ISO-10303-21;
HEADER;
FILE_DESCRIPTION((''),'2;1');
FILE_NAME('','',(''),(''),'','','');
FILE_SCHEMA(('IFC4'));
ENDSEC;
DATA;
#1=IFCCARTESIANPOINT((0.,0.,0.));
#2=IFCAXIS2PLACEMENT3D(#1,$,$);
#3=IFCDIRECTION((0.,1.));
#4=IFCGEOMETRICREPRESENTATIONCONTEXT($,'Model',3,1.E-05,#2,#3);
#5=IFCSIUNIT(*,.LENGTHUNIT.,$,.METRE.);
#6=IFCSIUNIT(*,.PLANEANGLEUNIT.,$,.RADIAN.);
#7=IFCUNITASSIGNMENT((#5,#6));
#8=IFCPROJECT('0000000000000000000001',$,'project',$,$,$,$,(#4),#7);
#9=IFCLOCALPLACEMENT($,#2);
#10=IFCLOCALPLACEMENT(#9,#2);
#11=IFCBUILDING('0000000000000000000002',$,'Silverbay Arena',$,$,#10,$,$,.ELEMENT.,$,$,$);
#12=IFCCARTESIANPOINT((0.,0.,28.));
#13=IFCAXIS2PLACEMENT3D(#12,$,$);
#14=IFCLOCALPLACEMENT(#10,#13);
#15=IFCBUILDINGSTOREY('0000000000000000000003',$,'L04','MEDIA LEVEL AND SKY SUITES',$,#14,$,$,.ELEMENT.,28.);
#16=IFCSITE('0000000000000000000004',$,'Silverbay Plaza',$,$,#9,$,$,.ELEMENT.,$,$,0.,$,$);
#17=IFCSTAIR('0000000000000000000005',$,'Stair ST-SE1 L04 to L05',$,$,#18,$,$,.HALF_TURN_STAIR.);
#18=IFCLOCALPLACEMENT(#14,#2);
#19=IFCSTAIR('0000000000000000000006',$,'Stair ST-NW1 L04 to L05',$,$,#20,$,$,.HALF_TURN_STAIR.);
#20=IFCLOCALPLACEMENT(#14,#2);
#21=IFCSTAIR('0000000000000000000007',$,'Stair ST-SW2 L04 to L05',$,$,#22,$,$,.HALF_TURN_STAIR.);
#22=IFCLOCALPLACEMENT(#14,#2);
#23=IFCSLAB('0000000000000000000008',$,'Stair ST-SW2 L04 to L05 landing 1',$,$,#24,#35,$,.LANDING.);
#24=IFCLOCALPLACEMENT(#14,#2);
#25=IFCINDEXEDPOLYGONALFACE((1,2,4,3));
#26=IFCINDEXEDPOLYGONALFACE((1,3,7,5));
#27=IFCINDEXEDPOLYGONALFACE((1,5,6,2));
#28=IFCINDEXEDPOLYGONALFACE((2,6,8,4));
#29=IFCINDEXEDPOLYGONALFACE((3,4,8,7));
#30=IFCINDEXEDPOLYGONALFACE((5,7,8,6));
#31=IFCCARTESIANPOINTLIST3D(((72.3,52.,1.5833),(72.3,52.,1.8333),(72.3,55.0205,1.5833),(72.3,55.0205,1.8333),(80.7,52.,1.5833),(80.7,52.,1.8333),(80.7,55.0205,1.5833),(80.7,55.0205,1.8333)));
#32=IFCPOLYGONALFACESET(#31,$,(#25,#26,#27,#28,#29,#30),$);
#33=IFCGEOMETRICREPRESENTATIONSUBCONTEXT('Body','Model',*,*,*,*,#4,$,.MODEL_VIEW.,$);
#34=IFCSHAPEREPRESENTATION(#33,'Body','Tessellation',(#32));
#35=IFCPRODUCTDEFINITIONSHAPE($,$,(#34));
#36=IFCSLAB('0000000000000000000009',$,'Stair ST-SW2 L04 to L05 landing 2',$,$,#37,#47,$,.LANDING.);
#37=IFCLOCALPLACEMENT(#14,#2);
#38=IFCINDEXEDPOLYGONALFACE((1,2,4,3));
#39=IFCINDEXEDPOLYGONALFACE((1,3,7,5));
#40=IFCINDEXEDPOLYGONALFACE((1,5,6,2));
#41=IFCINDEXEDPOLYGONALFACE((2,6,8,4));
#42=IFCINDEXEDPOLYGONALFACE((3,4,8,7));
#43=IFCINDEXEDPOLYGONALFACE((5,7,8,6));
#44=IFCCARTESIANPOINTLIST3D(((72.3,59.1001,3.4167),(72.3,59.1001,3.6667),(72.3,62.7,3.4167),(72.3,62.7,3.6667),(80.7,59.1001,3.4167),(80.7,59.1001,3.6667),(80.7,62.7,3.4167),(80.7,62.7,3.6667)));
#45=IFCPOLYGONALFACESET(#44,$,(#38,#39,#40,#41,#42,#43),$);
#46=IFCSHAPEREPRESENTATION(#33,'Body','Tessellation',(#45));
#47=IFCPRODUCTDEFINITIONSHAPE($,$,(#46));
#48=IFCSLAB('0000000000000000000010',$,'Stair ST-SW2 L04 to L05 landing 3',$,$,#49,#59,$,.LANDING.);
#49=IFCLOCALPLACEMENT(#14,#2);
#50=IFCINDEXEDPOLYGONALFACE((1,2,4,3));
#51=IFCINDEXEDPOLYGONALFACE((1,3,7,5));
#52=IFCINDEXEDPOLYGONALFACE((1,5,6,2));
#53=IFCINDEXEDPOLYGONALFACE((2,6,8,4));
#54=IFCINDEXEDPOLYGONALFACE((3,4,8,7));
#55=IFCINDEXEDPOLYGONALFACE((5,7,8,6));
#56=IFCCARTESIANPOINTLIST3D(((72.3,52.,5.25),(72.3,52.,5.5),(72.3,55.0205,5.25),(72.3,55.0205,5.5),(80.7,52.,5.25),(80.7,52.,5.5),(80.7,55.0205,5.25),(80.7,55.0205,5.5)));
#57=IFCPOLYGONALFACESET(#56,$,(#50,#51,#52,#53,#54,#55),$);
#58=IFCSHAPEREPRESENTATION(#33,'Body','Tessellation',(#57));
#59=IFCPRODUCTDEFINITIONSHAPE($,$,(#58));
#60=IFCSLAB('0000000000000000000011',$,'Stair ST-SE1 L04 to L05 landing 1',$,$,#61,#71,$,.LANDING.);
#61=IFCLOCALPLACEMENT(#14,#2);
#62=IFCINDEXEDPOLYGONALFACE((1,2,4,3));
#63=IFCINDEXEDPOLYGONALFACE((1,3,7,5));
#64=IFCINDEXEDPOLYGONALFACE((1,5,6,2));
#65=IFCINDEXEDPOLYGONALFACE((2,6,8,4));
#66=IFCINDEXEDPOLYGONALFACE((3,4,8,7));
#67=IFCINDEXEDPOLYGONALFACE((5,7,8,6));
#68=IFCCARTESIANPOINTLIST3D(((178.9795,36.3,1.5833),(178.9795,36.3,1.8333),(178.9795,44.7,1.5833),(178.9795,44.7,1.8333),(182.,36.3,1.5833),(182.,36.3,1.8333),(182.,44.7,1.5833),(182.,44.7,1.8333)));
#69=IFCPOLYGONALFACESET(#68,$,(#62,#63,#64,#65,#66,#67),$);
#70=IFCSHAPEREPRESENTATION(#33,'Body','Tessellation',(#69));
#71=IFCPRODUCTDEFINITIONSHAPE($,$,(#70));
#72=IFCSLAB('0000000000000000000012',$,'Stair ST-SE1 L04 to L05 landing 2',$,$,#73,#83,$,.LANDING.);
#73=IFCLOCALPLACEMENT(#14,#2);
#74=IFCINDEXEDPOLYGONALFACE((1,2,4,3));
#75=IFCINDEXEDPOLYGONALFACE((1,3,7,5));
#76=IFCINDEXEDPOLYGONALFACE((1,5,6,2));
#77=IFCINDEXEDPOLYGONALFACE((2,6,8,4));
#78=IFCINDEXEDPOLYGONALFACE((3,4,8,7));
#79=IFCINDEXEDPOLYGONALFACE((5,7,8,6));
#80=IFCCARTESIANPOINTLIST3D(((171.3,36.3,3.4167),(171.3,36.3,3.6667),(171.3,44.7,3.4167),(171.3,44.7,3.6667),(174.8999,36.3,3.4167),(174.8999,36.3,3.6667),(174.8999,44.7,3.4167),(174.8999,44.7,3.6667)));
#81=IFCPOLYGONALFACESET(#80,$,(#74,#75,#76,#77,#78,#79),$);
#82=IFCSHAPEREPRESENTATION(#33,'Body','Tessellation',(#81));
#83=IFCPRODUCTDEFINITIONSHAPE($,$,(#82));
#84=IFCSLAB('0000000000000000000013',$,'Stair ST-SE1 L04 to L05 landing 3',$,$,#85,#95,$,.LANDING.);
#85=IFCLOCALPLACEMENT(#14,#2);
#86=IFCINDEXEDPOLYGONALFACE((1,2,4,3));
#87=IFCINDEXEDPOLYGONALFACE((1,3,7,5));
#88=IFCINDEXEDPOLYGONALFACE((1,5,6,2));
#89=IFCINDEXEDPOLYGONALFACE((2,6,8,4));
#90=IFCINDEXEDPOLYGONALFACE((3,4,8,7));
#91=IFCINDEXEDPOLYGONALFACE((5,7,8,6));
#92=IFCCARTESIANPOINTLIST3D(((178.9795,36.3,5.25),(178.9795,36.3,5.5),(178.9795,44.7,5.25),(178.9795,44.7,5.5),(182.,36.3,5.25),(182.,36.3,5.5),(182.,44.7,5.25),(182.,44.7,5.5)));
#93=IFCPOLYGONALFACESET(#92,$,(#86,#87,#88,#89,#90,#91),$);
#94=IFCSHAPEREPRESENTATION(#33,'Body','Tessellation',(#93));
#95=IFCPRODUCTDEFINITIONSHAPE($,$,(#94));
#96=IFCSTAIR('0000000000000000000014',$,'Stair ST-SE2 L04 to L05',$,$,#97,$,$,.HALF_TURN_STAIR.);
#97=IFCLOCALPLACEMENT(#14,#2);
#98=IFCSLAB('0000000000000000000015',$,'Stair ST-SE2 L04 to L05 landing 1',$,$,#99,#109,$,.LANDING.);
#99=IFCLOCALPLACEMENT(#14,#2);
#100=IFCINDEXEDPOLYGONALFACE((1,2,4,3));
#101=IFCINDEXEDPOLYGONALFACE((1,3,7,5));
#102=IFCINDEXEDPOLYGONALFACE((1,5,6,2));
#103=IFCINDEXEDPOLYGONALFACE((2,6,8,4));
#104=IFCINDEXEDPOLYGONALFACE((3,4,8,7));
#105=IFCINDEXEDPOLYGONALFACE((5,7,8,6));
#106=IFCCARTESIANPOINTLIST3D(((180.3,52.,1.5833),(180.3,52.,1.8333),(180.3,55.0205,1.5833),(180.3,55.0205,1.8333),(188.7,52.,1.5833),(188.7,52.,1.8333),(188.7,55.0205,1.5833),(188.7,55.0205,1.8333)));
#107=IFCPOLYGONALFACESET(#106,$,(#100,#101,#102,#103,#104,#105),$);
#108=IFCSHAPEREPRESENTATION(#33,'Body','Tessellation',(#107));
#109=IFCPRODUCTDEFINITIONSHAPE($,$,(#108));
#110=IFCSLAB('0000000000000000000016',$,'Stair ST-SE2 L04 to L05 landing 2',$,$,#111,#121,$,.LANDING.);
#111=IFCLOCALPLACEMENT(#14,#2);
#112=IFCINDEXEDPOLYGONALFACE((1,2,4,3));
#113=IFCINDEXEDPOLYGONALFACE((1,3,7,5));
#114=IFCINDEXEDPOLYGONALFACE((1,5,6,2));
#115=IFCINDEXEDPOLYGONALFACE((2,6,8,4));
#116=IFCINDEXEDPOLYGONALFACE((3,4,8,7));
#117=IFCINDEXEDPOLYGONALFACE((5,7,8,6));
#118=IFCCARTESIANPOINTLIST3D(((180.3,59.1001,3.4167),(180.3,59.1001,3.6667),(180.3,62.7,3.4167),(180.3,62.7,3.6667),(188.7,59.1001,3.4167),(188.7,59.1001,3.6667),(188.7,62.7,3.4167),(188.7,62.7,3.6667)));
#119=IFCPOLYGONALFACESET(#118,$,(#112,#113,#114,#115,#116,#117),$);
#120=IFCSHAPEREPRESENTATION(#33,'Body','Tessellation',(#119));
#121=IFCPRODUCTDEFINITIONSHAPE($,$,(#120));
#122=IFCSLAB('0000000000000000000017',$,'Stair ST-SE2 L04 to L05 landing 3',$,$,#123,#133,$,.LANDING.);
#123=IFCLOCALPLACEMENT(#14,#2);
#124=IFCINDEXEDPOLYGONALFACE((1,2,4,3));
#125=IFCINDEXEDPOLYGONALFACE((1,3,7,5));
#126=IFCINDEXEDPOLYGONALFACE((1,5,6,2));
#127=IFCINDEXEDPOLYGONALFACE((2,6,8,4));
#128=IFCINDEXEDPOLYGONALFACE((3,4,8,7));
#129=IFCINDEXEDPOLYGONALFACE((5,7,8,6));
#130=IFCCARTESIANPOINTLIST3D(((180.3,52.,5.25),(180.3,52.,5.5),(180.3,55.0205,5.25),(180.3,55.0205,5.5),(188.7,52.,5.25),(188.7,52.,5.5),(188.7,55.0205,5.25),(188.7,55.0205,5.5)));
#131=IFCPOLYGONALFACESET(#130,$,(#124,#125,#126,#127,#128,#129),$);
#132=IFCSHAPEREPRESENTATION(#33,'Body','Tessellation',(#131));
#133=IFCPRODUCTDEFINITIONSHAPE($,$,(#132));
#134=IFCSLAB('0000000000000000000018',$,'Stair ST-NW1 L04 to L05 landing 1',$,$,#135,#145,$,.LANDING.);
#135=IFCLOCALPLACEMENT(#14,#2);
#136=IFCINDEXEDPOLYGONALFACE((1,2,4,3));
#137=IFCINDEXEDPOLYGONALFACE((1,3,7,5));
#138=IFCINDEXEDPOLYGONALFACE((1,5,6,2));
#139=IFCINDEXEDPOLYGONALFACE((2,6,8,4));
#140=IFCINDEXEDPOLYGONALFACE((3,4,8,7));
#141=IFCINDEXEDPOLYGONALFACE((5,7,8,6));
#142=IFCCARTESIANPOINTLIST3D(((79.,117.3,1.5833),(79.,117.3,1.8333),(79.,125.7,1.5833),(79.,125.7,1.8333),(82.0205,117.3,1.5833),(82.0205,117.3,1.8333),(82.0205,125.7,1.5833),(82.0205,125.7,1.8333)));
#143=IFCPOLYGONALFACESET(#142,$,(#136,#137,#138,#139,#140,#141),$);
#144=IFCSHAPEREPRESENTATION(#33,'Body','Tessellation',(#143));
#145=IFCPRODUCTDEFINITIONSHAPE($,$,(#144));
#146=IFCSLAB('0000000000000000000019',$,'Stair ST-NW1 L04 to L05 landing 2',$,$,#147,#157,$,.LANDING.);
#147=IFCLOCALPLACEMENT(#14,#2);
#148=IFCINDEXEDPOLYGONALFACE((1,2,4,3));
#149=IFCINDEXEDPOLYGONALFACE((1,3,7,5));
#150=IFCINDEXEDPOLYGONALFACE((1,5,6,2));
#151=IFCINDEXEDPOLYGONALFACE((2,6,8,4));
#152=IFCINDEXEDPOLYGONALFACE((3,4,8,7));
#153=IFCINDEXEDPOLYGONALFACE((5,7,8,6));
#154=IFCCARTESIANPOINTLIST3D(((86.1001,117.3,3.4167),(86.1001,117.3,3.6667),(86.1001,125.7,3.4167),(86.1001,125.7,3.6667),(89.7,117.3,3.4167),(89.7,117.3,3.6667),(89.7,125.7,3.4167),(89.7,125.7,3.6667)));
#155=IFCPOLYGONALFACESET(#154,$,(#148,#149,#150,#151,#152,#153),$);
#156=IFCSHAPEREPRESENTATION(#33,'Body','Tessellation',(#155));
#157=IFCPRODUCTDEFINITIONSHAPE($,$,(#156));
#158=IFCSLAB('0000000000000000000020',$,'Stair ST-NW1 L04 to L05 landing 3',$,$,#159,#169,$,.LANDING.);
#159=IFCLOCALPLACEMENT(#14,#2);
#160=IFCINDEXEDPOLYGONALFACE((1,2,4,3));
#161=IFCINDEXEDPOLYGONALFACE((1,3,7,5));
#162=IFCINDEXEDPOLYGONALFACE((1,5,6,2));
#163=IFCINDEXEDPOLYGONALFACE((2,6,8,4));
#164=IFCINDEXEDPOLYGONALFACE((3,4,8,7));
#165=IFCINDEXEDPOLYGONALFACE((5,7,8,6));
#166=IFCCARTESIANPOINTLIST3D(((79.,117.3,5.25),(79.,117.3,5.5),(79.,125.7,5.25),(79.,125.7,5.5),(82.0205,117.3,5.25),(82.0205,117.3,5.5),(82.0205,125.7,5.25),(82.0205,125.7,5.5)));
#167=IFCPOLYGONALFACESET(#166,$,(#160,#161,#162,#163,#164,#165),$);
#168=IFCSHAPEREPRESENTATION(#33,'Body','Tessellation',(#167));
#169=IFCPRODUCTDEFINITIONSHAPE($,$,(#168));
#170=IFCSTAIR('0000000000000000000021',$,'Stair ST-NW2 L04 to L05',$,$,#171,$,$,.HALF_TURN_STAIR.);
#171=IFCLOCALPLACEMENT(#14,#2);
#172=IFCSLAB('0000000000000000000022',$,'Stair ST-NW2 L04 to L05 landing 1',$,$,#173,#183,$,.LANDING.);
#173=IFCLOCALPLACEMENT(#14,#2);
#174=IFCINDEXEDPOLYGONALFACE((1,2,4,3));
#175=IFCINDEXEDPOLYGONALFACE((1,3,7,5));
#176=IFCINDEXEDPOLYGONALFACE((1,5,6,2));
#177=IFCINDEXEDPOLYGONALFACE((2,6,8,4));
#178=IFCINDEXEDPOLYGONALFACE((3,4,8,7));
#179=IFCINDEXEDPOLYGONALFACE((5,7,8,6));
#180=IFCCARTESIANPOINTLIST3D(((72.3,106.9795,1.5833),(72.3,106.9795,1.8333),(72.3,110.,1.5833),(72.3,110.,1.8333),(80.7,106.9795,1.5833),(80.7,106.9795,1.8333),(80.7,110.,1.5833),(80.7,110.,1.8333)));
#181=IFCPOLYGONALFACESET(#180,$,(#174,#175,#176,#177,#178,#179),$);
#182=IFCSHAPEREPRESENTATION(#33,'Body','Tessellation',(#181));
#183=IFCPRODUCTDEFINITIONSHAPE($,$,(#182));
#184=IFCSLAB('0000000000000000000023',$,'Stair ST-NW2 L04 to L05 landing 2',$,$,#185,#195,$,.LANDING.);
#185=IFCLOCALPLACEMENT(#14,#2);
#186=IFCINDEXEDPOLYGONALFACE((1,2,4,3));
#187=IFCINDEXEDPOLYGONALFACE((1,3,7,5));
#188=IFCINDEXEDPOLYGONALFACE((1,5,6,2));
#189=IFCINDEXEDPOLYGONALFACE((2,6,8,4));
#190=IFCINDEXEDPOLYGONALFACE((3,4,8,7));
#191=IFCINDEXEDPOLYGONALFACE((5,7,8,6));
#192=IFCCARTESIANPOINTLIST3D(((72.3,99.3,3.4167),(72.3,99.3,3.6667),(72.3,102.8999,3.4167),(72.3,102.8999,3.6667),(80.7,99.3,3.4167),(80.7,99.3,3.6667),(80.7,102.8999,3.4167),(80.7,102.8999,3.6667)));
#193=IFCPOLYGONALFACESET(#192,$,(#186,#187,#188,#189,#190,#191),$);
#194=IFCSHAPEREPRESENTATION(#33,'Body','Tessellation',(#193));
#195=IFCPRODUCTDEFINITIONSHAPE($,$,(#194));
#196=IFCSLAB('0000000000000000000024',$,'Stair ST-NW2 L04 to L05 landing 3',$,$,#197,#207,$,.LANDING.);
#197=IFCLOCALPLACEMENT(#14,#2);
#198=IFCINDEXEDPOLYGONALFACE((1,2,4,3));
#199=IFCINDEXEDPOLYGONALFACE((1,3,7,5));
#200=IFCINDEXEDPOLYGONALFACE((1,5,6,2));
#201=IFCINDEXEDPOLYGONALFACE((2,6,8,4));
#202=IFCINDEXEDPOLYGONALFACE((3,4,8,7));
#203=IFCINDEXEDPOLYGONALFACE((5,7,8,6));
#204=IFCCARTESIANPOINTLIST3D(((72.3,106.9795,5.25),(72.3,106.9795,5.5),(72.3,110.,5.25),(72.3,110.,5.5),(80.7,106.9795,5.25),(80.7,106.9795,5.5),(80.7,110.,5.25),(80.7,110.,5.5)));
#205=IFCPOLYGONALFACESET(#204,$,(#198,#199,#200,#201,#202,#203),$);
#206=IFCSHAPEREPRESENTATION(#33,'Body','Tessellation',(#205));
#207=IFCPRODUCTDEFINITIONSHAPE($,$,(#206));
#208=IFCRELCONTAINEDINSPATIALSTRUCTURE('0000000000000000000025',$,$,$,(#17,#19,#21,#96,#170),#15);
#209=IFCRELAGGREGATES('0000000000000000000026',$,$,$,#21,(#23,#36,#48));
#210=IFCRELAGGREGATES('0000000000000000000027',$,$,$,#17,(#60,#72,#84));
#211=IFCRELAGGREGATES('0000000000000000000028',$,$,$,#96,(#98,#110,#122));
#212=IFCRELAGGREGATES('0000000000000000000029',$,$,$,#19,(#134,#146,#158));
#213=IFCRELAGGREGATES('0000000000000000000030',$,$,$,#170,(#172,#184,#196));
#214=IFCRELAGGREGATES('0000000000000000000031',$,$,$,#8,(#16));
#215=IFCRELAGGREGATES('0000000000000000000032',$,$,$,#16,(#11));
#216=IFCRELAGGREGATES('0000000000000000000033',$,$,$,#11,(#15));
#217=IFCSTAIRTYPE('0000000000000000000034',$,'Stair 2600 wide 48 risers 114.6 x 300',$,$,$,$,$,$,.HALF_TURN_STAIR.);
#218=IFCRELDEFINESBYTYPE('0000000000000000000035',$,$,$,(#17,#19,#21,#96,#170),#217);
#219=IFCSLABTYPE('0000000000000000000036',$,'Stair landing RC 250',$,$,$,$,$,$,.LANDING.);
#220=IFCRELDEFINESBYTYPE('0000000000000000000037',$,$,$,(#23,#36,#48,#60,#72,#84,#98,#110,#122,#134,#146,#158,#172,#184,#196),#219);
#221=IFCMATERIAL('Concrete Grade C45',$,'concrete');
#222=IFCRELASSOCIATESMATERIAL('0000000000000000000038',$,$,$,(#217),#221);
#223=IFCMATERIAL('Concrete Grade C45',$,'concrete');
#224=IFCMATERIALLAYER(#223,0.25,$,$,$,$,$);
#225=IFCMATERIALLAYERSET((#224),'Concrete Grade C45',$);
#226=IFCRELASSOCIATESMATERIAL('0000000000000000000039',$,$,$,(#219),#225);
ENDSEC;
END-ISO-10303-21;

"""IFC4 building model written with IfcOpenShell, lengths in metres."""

from ifc_helpers import new_model, si_unit, direction, frame, origin, place, context, subcontext, project, spatial, polyline, outline, extrude, material, layer, layer_set, type_object, element, aggregate, save


model = new_model("IFC4")

# Units and contexts
model_context = context("Model", 3, precision=1e-05, world=origin(), true_north=direction((0.0, 1.0)))
body_context = subcontext(model_context, "Body", "Model", "MODEL_VIEW")
ifc_project = project(units=[si_unit("LENGTHUNIT", "METRE"), si_unit("PLANEANGLEUNIT", "RADIAN")], contexts=[model_context])

# Site, building, storey
site_placement = place(None, origin())
site = spatial("IfcSite", under=ifc_project, at=site_placement, Name="Silverbay Plaza", CompositionType="ELEMENT", RefElevation=0.0)
building_placement = place(site_placement, origin())
building = spatial("IfcBuilding", under=site, at=building_placement, Name="Silverbay Arena", CompositionType="ELEMENT")
storey_placement = place(building_placement, frame((0.0, 0.0, 28.0)))
storey = spatial("IfcBuildingStorey", under=building, at=storey_placement, Name="L04", Description="MEDIA LEVEL AND SKY SUITES", CompositionType="ELEMENT", Elevation=28.0)

# Stairs
ifc_material_1 = material(Name="Concrete Grade C45", Category="concrete")
stair_type = type_object("IfcStairType", Name="Stair 2600 wide 48 risers 114.6 x 300", PredefinedType="HALF_TURN_STAIR", material=ifc_material_1)
stair_1_placement = place(storey_placement, origin())
stair_1 = element("IfcStair", 1, at=stair_1_placement, inside=storey, type_object=stair_type, Name="Stair ST-SE1 L04 to L05", PredefinedType="HALF_TURN_STAIR")
stair_2_placement = place(storey_placement, origin())
stair_2 = element("IfcStair", 2, at=stair_2_placement, inside=storey, type_object=stair_type, Name="Stair ST-NW1 L04 to L05", PredefinedType="HALF_TURN_STAIR")

# Shared definitions
ifc_material_2 = material(Name="Concrete Grade C45", Category="concrete")
ifc_layer_1 = layer(ifc_material_2, 0.25)
ifc_layer_set_1 = layer_set([ifc_layer_1], Name="Concrete Grade C45")
slab_type_1 = type_object("IfcSlabType", Name="Stair landing RC 250", PredefinedType="LANDING", material=ifc_layer_set_1)

# Stair, slabs
stair_3_placement = place(storey_placement, origin())
stair_3 = element("IfcStair", 3, at=stair_3_placement, inside=storey, type_object=stair_type, Name="Stair ST-SW2 L04 to L05", PredefinedType="HALF_TURN_STAIR")
slab_1_placement = place(storey_placement, frame((0.0, 0.0, 1.5833)))
slab_1 = element("IfcSlab", 4, at=slab_1_placement, type_object=slab_type_1, Name="Stair ST-SW2 L04 to L05 landing 1", PredefinedType="LANDING", context=body_context, shape_type="SweptSolid", body=[
    extrude(outline(polyline([(80.7, 55.0205), (80.7, 52.0), (72.3, 52.0), (72.3, 55.0205), (80.7, 55.0205)])), origin(), (0.0, 0.0, 1.0), 0.25),
])
slab_2_placement = place(storey_placement, frame((0.0, 0.0, 3.4167)))
slab_2 = element("IfcSlab", 5, at=slab_2_placement, type_object=slab_type_1, Name="Stair ST-SW2 L04 to L05 landing 2", PredefinedType="LANDING", context=body_context, shape_type="SweptSolid", body=[
    extrude(outline(polyline([(80.7, 62.7), (80.7, 59.1001), (72.3, 59.1001), (72.3, 62.7), (80.7, 62.7)])), origin(), (0.0, 0.0, 1.0), 0.25),
])
slab_3_placement = place(storey_placement, frame((0.0, 0.0, 5.25)))
slab_3 = element("IfcSlab", 6, at=slab_3_placement, type_object=slab_type_1, Name="Stair ST-SW2 L04 to L05 landing 3", PredefinedType="LANDING", context=body_context, shape_type="SweptSolid", body=[
    extrude(outline(polyline([(80.7, 55.0205), (80.7, 52.0), (72.3, 52.0), (72.3, 55.0205), (80.7, 55.0205)])), origin(), (0.0, 0.0, 1.0), 0.25),
])
aggregate(stair_3, [slab_1, slab_2, slab_3])

# Slabs
slab_4_placement = place(storey_placement, frame((0.0, 0.0, 1.5833)))
slab_4 = element("IfcSlab", 7, at=slab_4_placement, type_object=slab_type_1, Name="Stair ST-SE1 L04 to L05 landing 1", PredefinedType="LANDING", context=body_context, shape_type="SweptSolid", body=[
    extrude(outline(polyline([(178.9795, 44.7), (182.0, 44.7), (182.0, 36.3), (178.9795, 36.3), (178.9795, 44.7)])), origin(), (0.0, 0.0, 1.0), 0.25),
])
slab_5_placement = place(storey_placement, frame((0.0, 0.0, 3.4167)))
slab_5 = element("IfcSlab", 8, at=slab_5_placement, type_object=slab_type_1, Name="Stair ST-SE1 L04 to L05 landing 2", PredefinedType="LANDING", context=body_context, shape_type="SweptSolid", body=[
    extrude(outline(polyline([(171.3, 44.7), (174.8999, 44.7), (174.8999, 36.3), (171.3, 36.3), (171.3, 44.7)])), origin(), (0.0, 0.0, 1.0), 0.25),
])
slab_6_placement = place(storey_placement, frame((0.0, 0.0, 5.25)))
slab_6 = element("IfcSlab", 9, at=slab_6_placement, type_object=slab_type_1, Name="Stair ST-SE1 L04 to L05 landing 3", PredefinedType="LANDING", context=body_context, shape_type="SweptSolid", body=[
    extrude(outline(polyline([(178.9795, 44.7), (182.0, 44.7), (182.0, 36.3), (178.9795, 36.3), (178.9795, 44.7)])), origin(), (0.0, 0.0, 1.0), 0.25),
])
aggregate(stair_1, [slab_4, slab_5, slab_6])

# Stair, slabs
stair_4_placement = place(storey_placement, origin())
stair_4 = element("IfcStair", 10, at=stair_4_placement, inside=storey, type_object=stair_type, Name="Stair ST-SE2 L04 to L05", PredefinedType="HALF_TURN_STAIR")
slab_7_placement = place(storey_placement, frame((0.0, 0.0, 1.5833)))
slab_7 = element("IfcSlab", 11, at=slab_7_placement, type_object=slab_type_1, Name="Stair ST-SE2 L04 to L05 landing 1", PredefinedType="LANDING", context=body_context, shape_type="SweptSolid", body=[
    extrude(outline(polyline([(180.3, 55.0205), (180.3, 52.0), (188.7, 52.0), (188.7, 55.0205), (180.3, 55.0205)])), origin(), (0.0, 0.0, 1.0), 0.25),
])
slab_8_placement = place(storey_placement, frame((0.0, 0.0, 3.4167)))
slab_8 = element("IfcSlab", 12, at=slab_8_placement, type_object=slab_type_1, Name="Stair ST-SE2 L04 to L05 landing 2", PredefinedType="LANDING", context=body_context, shape_type="SweptSolid", body=[
    extrude(outline(polyline([(180.3, 62.7), (180.3, 59.1001), (188.7, 59.1001), (188.7, 62.7), (180.3, 62.7)])), origin(), (0.0, 0.0, 1.0), 0.25),
])
slab_9_placement = place(storey_placement, frame((0.0, 0.0, 5.25)))
slab_9 = element("IfcSlab", 13, at=slab_9_placement, type_object=slab_type_1, Name="Stair ST-SE2 L04 to L05 landing 3", PredefinedType="LANDING", context=body_context, shape_type="SweptSolid", body=[
    extrude(outline(polyline([(180.3, 55.0205), (180.3, 52.0), (188.7, 52.0), (188.7, 55.0205), (180.3, 55.0205)])), origin(), (0.0, 0.0, 1.0), 0.25),
])
aggregate(stair_4, [slab_7, slab_8, slab_9])

# Slabs
slab_10_placement = place(storey_placement, frame((0.0, 0.0, 1.5833)))
slab_10 = element("IfcSlab", 14, at=slab_10_placement, type_object=slab_type_1, Name="Stair ST-NW1 L04 to L05 landing 1", PredefinedType="LANDING", context=body_context, shape_type="SweptSolid", body=[
    extrude(outline(polyline([(82.0205, 117.3), (79.0, 117.3), (79.0, 125.7), (82.0205, 125.7), (82.0205, 117.3)])), origin(), (0.0, 0.0, 1.0), 0.25),
])
slab_11_placement = place(storey_placement, frame((0.0, 0.0, 3.4167)))
slab_11 = element("IfcSlab", 15, at=slab_11_placement, type_object=slab_type_1, Name="Stair ST-NW1 L04 to L05 landing 2", PredefinedType="LANDING", context=body_context, shape_type="SweptSolid", body=[
    extrude(outline(polyline([(89.7, 117.3), (86.1001, 117.3), (86.1001, 125.7), (89.7, 125.7), (89.7, 117.3)])), origin(), (0.0, 0.0, 1.0), 0.25),
])
slab_12_placement = place(storey_placement, frame((0.0, 0.0, 5.25)))
slab_12 = element("IfcSlab", 16, at=slab_12_placement, type_object=slab_type_1, Name="Stair ST-NW1 L04 to L05 landing 3", PredefinedType="LANDING", context=body_context, shape_type="SweptSolid", body=[
    extrude(outline(polyline([(82.0205, 117.3), (79.0, 117.3), (79.0, 125.7), (82.0205, 125.7), (82.0205, 117.3)])), origin(), (0.0, 0.0, 1.0), 0.25),
])
aggregate(stair_2, [slab_10, slab_11, slab_12])

# Stair, slabs
stair_5_placement = place(storey_placement, origin())
stair_5 = element("IfcStair", 17, at=stair_5_placement, inside=storey, type_object=stair_type, Name="Stair ST-NW2 L04 to L05", PredefinedType="HALF_TURN_STAIR")
slab_13_placement = place(storey_placement, frame((0.0, 0.0, 1.5833)))
slab_13 = element("IfcSlab", 18, at=slab_13_placement, type_object=slab_type_1, Name="Stair ST-NW2 L04 to L05 landing 1", PredefinedType="LANDING", context=body_context, shape_type="SweptSolid", body=[
    extrude(outline(polyline([(80.7, 106.9795), (80.7, 110.0), (72.3, 110.0), (72.3, 106.9795), (80.7, 106.9795)])), origin(), (0.0, 0.0, 1.0), 0.25),
])
slab_14_placement = place(storey_placement, frame((0.0, 0.0, 3.4167)))
slab_14 = element("IfcSlab", 19, at=slab_14_placement, type_object=slab_type_1, Name="Stair ST-NW2 L04 to L05 landing 2", PredefinedType="LANDING", context=body_context, shape_type="SweptSolid", body=[
    extrude(outline(polyline([(80.7, 99.3), (80.7, 102.8999), (72.3, 102.8999), (72.3, 99.3), (80.7, 99.3)])), origin(), (0.0, 0.0, 1.0), 0.25),
])
slab_15_placement = place(storey_placement, frame((0.0, 0.0, 5.25)))
slab_15 = element("IfcSlab", 20, at=slab_15_placement, type_object=slab_type_1, Name="Stair ST-NW2 L04 to L05 landing 3", PredefinedType="LANDING", context=body_context, shape_type="SweptSolid", body=[
    extrude(outline(polyline([(80.7, 106.9795), (80.7, 110.0), (72.3, 110.0), (72.3, 106.9795), (80.7, 106.9795)])), origin(), (0.0, 0.0, 1.0), 0.25),
])
aggregate(stair_5, [slab_13, slab_14, slab_15])

save(model, "model.ifc")
